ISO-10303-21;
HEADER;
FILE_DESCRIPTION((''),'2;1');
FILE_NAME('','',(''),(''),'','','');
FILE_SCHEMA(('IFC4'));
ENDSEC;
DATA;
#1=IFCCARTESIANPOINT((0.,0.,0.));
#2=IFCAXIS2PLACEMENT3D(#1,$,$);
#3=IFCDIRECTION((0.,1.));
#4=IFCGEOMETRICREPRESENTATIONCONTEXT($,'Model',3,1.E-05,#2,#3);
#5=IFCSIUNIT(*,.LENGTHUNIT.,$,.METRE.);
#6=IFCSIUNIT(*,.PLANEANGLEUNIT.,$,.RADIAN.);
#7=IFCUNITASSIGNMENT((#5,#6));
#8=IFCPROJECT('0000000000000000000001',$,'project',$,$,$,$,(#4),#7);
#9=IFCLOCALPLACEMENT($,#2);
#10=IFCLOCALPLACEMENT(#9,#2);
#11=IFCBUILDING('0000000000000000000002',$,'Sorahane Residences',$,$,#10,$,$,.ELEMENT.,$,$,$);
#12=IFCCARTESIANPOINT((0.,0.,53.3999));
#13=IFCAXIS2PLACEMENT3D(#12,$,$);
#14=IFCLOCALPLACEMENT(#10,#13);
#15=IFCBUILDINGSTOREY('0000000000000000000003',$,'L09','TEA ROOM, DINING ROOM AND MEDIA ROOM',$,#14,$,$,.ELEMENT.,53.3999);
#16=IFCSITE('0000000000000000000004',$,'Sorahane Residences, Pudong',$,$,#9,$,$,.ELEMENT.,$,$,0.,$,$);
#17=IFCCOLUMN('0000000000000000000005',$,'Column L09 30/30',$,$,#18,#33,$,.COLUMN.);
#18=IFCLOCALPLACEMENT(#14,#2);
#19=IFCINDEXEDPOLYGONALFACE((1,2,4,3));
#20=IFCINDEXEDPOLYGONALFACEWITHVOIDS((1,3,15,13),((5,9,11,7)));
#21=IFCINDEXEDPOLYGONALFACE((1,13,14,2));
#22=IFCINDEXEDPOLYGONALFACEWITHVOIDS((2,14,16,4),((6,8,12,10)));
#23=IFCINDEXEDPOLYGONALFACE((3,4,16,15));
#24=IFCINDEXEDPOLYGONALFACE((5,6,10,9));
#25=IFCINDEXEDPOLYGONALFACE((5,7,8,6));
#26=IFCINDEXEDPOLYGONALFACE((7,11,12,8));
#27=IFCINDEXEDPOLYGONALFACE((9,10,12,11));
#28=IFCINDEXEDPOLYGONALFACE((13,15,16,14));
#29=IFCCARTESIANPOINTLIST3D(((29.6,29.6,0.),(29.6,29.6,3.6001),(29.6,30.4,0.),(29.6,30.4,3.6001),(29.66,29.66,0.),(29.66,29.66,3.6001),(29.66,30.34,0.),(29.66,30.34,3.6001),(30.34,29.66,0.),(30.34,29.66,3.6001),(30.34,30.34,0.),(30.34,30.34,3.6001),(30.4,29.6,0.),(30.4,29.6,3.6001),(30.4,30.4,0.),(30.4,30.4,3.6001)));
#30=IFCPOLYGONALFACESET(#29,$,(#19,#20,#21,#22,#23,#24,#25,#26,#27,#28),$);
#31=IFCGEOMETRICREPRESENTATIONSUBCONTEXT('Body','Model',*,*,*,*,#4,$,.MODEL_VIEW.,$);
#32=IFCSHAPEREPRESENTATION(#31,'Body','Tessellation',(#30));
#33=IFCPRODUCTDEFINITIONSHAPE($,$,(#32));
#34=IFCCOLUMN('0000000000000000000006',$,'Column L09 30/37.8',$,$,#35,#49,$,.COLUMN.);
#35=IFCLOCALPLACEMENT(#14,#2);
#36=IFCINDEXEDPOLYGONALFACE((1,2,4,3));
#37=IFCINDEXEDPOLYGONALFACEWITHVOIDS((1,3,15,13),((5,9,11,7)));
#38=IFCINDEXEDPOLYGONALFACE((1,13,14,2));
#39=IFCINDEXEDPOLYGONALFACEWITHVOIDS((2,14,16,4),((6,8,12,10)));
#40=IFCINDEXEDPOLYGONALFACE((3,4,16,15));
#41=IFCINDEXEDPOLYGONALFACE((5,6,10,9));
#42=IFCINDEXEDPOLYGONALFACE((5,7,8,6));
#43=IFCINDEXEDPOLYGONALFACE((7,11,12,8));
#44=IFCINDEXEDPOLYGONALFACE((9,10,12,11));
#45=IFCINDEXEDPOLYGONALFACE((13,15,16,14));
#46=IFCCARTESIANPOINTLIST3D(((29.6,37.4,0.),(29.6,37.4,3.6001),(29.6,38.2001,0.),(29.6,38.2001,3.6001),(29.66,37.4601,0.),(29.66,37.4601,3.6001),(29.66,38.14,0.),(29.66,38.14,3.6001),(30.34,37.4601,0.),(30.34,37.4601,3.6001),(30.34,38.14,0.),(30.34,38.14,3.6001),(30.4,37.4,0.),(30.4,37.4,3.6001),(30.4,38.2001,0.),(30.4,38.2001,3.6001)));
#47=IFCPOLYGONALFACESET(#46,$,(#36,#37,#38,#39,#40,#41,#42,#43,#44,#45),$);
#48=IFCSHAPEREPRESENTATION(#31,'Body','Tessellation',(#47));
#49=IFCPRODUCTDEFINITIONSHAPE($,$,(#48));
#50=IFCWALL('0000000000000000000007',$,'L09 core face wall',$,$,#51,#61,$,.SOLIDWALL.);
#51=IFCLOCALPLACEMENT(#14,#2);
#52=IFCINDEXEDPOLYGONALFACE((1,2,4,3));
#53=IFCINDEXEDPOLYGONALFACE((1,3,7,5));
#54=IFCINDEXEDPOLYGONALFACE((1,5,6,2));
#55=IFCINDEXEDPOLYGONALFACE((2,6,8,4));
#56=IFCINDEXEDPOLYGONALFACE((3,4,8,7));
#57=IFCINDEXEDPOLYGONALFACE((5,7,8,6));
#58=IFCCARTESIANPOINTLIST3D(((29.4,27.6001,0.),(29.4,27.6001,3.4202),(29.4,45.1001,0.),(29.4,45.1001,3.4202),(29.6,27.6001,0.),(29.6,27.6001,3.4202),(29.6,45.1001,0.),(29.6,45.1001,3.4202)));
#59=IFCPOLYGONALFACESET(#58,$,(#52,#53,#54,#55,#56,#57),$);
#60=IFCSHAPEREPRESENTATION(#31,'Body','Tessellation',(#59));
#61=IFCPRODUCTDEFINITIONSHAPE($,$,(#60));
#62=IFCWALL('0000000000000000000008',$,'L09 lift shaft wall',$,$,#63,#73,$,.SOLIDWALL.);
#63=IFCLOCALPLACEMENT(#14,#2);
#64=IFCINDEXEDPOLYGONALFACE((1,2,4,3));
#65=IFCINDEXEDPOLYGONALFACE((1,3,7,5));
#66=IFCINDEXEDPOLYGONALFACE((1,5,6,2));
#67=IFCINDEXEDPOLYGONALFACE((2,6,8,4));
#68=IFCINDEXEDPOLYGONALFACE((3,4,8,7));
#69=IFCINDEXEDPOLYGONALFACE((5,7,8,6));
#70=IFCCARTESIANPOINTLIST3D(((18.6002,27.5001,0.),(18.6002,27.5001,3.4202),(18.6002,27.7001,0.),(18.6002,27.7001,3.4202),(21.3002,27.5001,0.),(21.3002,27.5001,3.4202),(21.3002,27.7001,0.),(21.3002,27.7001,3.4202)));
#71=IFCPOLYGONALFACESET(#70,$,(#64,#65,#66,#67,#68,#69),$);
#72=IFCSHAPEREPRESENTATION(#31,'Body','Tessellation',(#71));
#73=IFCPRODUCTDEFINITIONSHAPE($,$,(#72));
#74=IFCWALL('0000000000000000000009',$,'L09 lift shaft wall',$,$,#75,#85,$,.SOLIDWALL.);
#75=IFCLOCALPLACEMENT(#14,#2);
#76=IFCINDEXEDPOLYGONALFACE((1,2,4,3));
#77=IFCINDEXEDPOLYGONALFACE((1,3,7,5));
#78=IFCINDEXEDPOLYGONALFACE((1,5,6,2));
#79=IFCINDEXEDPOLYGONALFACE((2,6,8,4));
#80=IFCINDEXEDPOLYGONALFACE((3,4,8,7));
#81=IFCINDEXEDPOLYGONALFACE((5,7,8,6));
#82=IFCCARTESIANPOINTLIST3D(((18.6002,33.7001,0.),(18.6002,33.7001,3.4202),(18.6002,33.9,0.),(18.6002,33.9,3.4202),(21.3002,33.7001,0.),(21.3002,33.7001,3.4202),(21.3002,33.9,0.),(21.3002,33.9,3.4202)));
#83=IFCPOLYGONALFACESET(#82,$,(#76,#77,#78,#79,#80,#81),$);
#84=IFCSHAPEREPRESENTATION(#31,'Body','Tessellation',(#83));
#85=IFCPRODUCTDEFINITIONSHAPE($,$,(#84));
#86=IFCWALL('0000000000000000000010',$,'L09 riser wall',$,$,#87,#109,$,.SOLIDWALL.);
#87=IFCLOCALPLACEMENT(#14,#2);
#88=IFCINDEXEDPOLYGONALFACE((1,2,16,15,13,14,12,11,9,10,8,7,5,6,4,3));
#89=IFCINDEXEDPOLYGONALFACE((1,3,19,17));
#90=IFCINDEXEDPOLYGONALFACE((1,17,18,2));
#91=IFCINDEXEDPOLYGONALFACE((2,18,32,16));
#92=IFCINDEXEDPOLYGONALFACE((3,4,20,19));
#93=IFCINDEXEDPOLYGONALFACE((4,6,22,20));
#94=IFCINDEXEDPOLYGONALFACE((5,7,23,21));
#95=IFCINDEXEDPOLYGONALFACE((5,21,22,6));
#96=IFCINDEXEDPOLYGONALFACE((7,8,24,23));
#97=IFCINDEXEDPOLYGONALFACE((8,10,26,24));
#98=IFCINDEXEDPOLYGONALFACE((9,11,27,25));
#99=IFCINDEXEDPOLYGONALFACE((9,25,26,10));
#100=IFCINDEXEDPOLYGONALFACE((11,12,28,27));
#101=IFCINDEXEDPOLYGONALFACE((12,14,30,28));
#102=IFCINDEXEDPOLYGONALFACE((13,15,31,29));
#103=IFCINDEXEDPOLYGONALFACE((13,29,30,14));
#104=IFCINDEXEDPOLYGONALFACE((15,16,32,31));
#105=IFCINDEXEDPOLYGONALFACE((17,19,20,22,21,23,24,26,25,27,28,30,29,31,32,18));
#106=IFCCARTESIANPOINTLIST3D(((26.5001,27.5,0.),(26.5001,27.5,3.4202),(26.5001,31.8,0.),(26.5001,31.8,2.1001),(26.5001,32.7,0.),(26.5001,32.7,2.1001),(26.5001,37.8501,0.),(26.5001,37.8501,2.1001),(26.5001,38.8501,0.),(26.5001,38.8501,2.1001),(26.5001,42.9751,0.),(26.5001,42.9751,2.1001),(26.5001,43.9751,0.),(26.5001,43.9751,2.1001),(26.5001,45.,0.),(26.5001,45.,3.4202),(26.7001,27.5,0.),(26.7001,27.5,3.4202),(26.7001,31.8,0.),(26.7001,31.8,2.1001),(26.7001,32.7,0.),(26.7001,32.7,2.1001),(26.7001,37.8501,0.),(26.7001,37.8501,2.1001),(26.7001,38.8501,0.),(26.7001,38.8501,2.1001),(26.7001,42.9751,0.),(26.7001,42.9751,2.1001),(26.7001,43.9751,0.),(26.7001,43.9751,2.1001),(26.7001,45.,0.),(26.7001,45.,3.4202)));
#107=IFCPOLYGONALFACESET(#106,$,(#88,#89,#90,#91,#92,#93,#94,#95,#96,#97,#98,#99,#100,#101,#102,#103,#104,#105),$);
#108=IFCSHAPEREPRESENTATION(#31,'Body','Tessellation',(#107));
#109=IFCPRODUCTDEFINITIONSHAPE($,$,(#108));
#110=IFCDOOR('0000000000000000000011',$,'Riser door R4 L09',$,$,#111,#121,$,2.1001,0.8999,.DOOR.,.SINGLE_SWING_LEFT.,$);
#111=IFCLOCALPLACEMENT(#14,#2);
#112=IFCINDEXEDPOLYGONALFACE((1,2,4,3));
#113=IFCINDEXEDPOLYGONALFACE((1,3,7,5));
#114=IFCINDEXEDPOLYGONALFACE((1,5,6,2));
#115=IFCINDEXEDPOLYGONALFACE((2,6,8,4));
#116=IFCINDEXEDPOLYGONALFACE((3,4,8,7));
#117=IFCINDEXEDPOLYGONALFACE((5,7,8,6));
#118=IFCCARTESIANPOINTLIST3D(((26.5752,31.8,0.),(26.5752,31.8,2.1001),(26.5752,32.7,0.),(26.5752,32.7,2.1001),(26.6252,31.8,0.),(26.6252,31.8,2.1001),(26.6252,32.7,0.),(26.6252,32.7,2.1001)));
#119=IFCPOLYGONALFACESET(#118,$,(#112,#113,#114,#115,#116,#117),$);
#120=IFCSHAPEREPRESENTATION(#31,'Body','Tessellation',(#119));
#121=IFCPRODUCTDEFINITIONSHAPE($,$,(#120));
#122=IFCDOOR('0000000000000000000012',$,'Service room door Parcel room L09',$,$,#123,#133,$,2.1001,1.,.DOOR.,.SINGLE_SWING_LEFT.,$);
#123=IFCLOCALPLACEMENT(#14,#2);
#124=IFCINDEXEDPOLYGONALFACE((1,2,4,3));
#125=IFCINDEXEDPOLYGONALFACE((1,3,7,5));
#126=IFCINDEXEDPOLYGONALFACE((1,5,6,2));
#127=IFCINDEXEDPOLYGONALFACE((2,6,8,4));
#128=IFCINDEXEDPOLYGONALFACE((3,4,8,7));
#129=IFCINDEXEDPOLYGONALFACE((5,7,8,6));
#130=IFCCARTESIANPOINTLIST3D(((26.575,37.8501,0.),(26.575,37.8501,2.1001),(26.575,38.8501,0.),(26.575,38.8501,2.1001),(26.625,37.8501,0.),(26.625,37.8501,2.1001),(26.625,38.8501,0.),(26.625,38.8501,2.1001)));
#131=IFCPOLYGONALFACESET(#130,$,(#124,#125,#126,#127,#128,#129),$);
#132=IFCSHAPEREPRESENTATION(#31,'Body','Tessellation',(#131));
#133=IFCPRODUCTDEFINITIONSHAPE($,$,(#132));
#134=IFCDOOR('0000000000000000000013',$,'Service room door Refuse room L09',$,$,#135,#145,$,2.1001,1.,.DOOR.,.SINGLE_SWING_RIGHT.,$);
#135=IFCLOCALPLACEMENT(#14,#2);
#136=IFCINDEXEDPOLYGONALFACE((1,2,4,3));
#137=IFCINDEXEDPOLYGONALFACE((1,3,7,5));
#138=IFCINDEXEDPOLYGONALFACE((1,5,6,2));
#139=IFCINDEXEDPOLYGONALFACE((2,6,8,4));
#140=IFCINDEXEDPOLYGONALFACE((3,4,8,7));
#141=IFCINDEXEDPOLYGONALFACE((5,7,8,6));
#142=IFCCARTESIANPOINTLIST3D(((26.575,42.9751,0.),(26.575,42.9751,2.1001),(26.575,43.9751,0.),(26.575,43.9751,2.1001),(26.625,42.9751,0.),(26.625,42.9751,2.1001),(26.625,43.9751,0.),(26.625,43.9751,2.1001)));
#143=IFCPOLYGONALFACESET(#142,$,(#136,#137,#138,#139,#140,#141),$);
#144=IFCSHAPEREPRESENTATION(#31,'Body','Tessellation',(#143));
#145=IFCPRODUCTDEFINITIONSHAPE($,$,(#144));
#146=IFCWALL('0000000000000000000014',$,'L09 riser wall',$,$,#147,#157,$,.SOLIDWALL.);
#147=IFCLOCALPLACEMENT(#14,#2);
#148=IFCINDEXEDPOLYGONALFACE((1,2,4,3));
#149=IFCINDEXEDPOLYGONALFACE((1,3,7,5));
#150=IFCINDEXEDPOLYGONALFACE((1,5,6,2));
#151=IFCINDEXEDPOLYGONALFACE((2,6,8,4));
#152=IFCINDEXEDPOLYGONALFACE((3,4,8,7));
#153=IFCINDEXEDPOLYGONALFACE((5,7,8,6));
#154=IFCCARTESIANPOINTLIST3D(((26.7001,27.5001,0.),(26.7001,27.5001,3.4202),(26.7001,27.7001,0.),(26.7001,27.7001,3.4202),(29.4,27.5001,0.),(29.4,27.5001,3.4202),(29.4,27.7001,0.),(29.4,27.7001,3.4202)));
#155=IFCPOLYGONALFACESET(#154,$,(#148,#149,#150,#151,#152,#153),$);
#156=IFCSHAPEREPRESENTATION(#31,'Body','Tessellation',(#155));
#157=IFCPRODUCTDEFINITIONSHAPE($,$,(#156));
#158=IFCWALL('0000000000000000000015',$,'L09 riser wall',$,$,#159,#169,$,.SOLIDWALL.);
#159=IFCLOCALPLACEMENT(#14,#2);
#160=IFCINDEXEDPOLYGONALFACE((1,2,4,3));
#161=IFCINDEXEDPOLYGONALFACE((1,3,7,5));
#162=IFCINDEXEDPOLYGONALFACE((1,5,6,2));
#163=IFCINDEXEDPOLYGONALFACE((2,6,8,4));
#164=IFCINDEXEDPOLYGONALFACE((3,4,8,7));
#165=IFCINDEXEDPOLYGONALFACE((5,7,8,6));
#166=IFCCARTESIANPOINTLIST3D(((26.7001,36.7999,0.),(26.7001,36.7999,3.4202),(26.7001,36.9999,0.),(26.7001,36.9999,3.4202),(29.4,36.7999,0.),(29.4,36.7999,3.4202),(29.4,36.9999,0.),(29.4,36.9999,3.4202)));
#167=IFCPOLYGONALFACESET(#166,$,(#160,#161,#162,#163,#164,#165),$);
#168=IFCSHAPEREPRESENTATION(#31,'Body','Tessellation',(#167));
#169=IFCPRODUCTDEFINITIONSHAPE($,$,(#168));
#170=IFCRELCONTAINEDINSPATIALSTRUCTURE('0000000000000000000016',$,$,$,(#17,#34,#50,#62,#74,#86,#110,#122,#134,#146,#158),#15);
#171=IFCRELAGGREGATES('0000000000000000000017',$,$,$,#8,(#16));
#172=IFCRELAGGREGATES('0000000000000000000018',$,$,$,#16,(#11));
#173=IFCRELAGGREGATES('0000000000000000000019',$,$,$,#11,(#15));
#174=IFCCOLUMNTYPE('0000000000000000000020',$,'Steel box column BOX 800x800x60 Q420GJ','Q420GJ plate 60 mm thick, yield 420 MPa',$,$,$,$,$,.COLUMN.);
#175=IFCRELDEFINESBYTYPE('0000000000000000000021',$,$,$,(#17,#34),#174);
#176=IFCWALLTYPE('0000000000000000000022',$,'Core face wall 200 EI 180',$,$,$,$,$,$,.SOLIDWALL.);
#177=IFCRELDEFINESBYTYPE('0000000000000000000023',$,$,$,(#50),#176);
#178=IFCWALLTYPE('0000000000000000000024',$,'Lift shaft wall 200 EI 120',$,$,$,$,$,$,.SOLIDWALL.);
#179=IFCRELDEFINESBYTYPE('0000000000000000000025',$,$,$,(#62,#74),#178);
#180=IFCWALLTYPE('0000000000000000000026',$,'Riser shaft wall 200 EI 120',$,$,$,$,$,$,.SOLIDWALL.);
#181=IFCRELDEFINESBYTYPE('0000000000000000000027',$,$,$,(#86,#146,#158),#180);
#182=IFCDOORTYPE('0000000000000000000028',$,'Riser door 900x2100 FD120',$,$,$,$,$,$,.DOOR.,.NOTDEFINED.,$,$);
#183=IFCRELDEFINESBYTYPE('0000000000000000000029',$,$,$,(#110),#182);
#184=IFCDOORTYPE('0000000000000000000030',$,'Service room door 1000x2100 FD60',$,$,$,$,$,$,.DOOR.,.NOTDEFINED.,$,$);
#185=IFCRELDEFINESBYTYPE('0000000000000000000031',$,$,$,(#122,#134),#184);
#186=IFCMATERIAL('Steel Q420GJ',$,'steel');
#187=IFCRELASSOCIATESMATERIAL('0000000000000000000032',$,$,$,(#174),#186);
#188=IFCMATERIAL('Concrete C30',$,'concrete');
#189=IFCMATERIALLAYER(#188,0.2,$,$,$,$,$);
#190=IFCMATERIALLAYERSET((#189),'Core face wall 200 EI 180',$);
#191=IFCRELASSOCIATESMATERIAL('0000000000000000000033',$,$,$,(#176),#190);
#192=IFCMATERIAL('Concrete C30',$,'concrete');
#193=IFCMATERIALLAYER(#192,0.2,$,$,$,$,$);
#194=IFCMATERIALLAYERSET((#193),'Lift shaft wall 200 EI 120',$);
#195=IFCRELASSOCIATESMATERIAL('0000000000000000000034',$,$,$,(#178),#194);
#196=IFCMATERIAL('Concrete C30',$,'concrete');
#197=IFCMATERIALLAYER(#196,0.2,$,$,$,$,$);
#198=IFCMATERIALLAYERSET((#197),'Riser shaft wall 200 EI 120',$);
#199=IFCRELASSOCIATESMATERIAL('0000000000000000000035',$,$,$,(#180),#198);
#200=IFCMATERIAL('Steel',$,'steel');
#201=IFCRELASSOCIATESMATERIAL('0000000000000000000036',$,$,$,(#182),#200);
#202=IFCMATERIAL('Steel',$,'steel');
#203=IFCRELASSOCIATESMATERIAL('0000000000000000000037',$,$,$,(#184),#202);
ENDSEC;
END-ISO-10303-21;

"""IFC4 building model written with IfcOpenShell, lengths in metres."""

from ifc_helpers import new_model, si_unit, direction, frame, frame_2d, origin, origin_2d, place, context, subcontext, project, spatial, rectangle, hollow_rectangle, extrude, material, layer, layer_set, material_profile, profile_set, type_object, element, fill, save


model = new_model("IFC4")

# Units and contexts
model_context = context("Model", 3, precision=1e-05, world=origin(), true_north=direction((0.0, 1.0)))
body_context = subcontext(model_context, "Body", "Model", "MODEL_VIEW")
ifc_project = project(units=[si_unit("LENGTHUNIT", "METRE"), si_unit("PLANEANGLEUNIT", "RADIAN")], contexts=[model_context])

# Site, building, storey
site_placement = place(None, origin())
site = spatial("IfcSite", under=ifc_project, at=site_placement, Name="Sorahane Residences, Pudong", CompositionType="ELEMENT", RefElevation=0.0)
building_placement = place(site_placement, origin())
building = spatial("IfcBuilding", under=site, at=building_placement, Name="Sorahane Residences", CompositionType="ELEMENT")
storey_placement = place(building_placement, frame((0.0, 0.0, 53.3999)))
storey = spatial("IfcBuildingStorey", under=building, at=storey_placement, Name="L09", Description="TEA ROOM, DINING ROOM AND MEDIA ROOM", CompositionType="ELEMENT", Elevation=53.3999)

# Columns
ifc_material_1 = material(Name="Steel Q420GJ", Category="steel")
ifc_material_profile = material_profile(ifc_material_1, hollow_rectangle(XDim=0.8, YDim=0.8, WallThickness=0.0601, at=origin_2d()), Name="BOX 800x800x60")
ifc_profile_set = profile_set([ifc_material_profile], Name="Steel Q420GJ")
column_type = type_object("IfcColumnType", Name="Steel box column BOX 800x800x60 Q420GJ", Description="Q420GJ plate 60 mm thick, yield 420 MPa", PredefinedType="COLUMN", material=ifc_profile_set)
for number, where, z_axis, x_axis, name in (
    (1, (30.0, 30.0, 0.0), (0.0, 0.0, 1.0), (1.0, 0.0, 0.0), "Column L09 30/30"),
    (2, (30.0, 37.8, 0.0), (0.0, 0.0, 1.0), (1.0, 0.0, 0.0), "Column L09 30/37.8"),
):
    element("IfcColumn", number, at=place(storey_placement, frame(where, z_axis=z_axis, x_axis=x_axis)), inside=storey, type_object=column_type, Name=name, PredefinedType="COLUMN", context=body_context, shape_type="SweptSolid", body=[
        extrude(hollow_rectangle(XDim=0.8, YDim=0.8, WallThickness=0.0601, at=origin_2d()), origin(), (0.0, 0.0, 1.0), 3.6001),
    ])

# Walls
ifc_material_2 = material(Name="Concrete C30", Category="concrete")
ifc_layer_1 = layer(ifc_material_2, 0.2)
ifc_layer_set_1 = layer_set([ifc_layer_1], Name="Core face wall 200 EI 180")
wall_type_1 = type_object("IfcWallType", Name="Core face wall 200 EI 180", PredefinedType="SOLIDWALL", material=ifc_layer_set_1)
wall_1_placement = place(storey_placement, frame((29.5, 27.6001, 0.0), z_axis=(0.0, 0.0, 1.0), x_axis=(0.0, 1.0, 0.0)))
element("IfcWall", 3, at=wall_1_placement, inside=storey, type_object=wall_type_1, Name="L09 core face wall", PredefinedType="SOLIDWALL", context=body_context, shape_type="SweptSolid", body=[
    extrude(rectangle(XDim=17.5, YDim=0.2, at=frame_2d((8.75, 0.0))), origin(), (0.0, 0.0, 1.0), 3.4202),
])
ifc_material_3 = material(Name="Concrete C30", Category="concrete")
ifc_layer_2 = layer(ifc_material_3, 0.2)
ifc_layer_set_2 = layer_set([ifc_layer_2], Name="Lift shaft wall 200 EI 120")
wall_type_2 = type_object("IfcWallType", Name="Lift shaft wall 200 EI 120", PredefinedType="SOLIDWALL", material=ifc_layer_set_2)
for number, where, z_axis, x_axis, name in (
    (4, (18.6001, 27.6001, 0.0), (0.0, 0.0, 1.0), (1.0, 0.0, 0.0), "L09 lift shaft wall"),
    (5, (18.6001, 33.8, 0.0), (0.0, 0.0, 1.0), (1.0, 0.0, 0.0), "L09 lift shaft wall"),
):
    element("IfcWall", number, at=place(storey_placement, frame(where, z_axis=z_axis, x_axis=x_axis)), inside=storey, type_object=wall_type_2, Name=name, PredefinedType="SOLIDWALL", context=body_context, shape_type="SweptSolid", body=[
        extrude(rectangle(XDim=2.7, YDim=0.2, at=frame_2d((1.3501, 0.0))), origin(), (0.0, 0.0, 1.0), 3.4202),
    ])

# Wall, openings, doors
ifc_material_4 = material(Name="Concrete C30", Category="concrete")
ifc_layer_3 = layer(ifc_material_4, 0.2)
ifc_layer_set_3 = layer_set([ifc_layer_3], Name="Riser shaft wall 200 EI 120")
wall_type_3 = type_object("IfcWallType", Name="Riser shaft wall 200 EI 120", PredefinedType="SOLIDWALL", material=ifc_layer_set_3)
wall_2_placement = place(storey_placement, frame((26.6001, 27.5, 0.0), z_axis=(0.0, 0.0, 1.0), x_axis=(0.0, 1.0, 0.0)))
wall_2 = element("IfcWall", 6, at=wall_2_placement, inside=storey, type_object=wall_type_3, Name="L09 riser wall", PredefinedType="SOLIDWALL", context=body_context, shape_type="SweptSolid", body=[
    extrude(rectangle(XDim=17.5, YDim=0.2, at=frame_2d((8.75, 0.0))), origin(), (0.0, 0.0, 1.0), 3.4202),
])
opening_1_placement = place(wall_2_placement, frame((4.3, 0.0, 0.0)))
opening_1 = element("IfcOpeningElement", 7, at=opening_1_placement, cuts=wall_2, PredefinedType="OPENING", context=body_context, shape_type="SweptSolid", body=[
    extrude(rectangle(XDim=0.8999, YDim=2.1001, at=frame_2d((0.45, 1.05))), frame((0.0, 0.1099, 0.0), z_axis=(0.0, -1.0, 0.0), x_axis=(1.0, 0.0, 0.0)), (0.0, 0.0, 1.0), 0.22),
])
opening_2_placement = place(wall_2_placement, frame((10.3501, 0.0, 0.0)))
opening_2 = element("IfcOpeningElement", 8, at=opening_2_placement, cuts=wall_2, PredefinedType="OPENING", context=body_context, shape_type="SweptSolid", body=[
    extrude(rectangle(XDim=1.0, YDim=2.1001, at=frame_2d((0.5, 1.05))), frame((0.0, 0.1099, 0.0), z_axis=(0.0, -1.0, 0.0), x_axis=(1.0, 0.0, 0.0)), (0.0, 0.0, 1.0), 0.22),
])
opening_3_placement = place(wall_2_placement, frame((15.4751, 0.0, 0.0)))
opening_3 = element("IfcOpeningElement", 9, at=opening_3_placement, cuts=wall_2, PredefinedType="OPENING", context=body_context, shape_type="SweptSolid", body=[
    extrude(rectangle(XDim=1.0, YDim=2.1001, at=frame_2d((0.5, 1.05))), frame((0.0, 0.1099, 0.0), z_axis=(0.0, -1.0, 0.0), x_axis=(1.0, 0.0, 0.0)), (0.0, 0.0, 1.0), 0.22),
])
ifc_material_5 = material(Name="Steel", Category="steel")
door_type_1 = type_object("IfcDoorType", Name="Riser door 900x2100 FD120", OperationType="NOTDEFINED", PredefinedType="DOOR", material=ifc_material_5)
door_1_placement = place(opening_1_placement, origin())
door_1 = element("IfcDoor", 10, at=door_1_placement, inside=storey, type_object=door_type_1, Name="Riser door R4 L09", OperationType="SINGLE_SWING_LEFT", OverallHeight=2.1001, OverallWidth=0.8999, PredefinedType="DOOR", context=body_context, shape_type="SweptSolid", body=[
    extrude(rectangle(XDim=0.8999, YDim=2.1001, at=frame_2d((0.45, 1.05))), frame((0.0, 0.0249, 0.0), z_axis=(0.0, -1.0, 0.0), x_axis=(1.0, 0.0, 0.0)), (0.0, 0.0, 1.0), 0.05),
])
fill(opening_1, door_1)
ifc_material_6 = material(Name="Steel", Category="steel")
door_type_2 = type_object("IfcDoorType", Name="Service room door 1000x2100 FD60", OperationType="NOTDEFINED", PredefinedType="DOOR", material=ifc_material_6)
door_2_placement = place(opening_2_placement, frame((1.0, 0.0, 0.0), z_axis=(0.0, 0.0, 1.0), x_axis=(-1.0, 0.0, 0.0)))
door_2 = element("IfcDoor", 11, at=door_2_placement, inside=storey, type_object=door_type_2, Name="Service room door Parcel room L09", OperationType="SINGLE_SWING_LEFT", OverallHeight=2.1001, OverallWidth=1.0, PredefinedType="DOOR", context=body_context, shape_type="SweptSolid", body=[
    extrude(rectangle(XDim=1.0, YDim=2.1001, at=frame_2d((0.5, 1.05))), frame((0.0, 0.0249, 0.0), z_axis=(0.0, -1.0, 0.0), x_axis=(1.0, 0.0, 0.0)), (0.0, 0.0, 1.0), 0.05),
])
fill(opening_2, door_2)
door_3_placement = place(opening_3_placement, frame((1.0, 0.0, 0.0), z_axis=(0.0, 0.0, 1.0), x_axis=(-1.0, 0.0, 0.0)))
door_3 = element("IfcDoor", 12, at=door_3_placement, inside=storey, type_object=door_type_2, Name="Service room door Refuse room L09", OperationType="SINGLE_SWING_RIGHT", OverallHeight=2.1001, OverallWidth=1.0, PredefinedType="DOOR", context=body_context, shape_type="SweptSolid", body=[
    extrude(rectangle(XDim=1.0, YDim=2.1001, at=frame_2d((0.5, 1.05))), frame((0.0, 0.0249, 0.0), z_axis=(0.0, -1.0, 0.0), x_axis=(1.0, 0.0, 0.0)), (0.0, 0.0, 1.0), 0.05),
])
fill(opening_3, door_3)

# Walls
for number, where, z_axis, x_axis, name in (
    (13, (26.7, 27.6001, 0.0), (0.0, 0.0, 1.0), (1.0, 0.0, 0.0), "L09 riser wall"),
    (14, (26.7, 36.8999, 0.0), (0.0, 0.0, 1.0), (1.0, 0.0, 0.0), "L09 riser wall"),
):
    element("IfcWall", number, at=place(storey_placement, frame(where, z_axis=z_axis, x_axis=x_axis)), inside=storey, type_object=wall_type_3, Name=name, PredefinedType="SOLIDWALL", context=body_context, shape_type="SweptSolid", body=[
        extrude(rectangle(XDim=2.7, YDim=0.2, at=frame_2d((1.3501, 0.0))), origin(), (0.0, 0.0, 1.0), 3.4202),
    ])

save(model, "model.ifc")
